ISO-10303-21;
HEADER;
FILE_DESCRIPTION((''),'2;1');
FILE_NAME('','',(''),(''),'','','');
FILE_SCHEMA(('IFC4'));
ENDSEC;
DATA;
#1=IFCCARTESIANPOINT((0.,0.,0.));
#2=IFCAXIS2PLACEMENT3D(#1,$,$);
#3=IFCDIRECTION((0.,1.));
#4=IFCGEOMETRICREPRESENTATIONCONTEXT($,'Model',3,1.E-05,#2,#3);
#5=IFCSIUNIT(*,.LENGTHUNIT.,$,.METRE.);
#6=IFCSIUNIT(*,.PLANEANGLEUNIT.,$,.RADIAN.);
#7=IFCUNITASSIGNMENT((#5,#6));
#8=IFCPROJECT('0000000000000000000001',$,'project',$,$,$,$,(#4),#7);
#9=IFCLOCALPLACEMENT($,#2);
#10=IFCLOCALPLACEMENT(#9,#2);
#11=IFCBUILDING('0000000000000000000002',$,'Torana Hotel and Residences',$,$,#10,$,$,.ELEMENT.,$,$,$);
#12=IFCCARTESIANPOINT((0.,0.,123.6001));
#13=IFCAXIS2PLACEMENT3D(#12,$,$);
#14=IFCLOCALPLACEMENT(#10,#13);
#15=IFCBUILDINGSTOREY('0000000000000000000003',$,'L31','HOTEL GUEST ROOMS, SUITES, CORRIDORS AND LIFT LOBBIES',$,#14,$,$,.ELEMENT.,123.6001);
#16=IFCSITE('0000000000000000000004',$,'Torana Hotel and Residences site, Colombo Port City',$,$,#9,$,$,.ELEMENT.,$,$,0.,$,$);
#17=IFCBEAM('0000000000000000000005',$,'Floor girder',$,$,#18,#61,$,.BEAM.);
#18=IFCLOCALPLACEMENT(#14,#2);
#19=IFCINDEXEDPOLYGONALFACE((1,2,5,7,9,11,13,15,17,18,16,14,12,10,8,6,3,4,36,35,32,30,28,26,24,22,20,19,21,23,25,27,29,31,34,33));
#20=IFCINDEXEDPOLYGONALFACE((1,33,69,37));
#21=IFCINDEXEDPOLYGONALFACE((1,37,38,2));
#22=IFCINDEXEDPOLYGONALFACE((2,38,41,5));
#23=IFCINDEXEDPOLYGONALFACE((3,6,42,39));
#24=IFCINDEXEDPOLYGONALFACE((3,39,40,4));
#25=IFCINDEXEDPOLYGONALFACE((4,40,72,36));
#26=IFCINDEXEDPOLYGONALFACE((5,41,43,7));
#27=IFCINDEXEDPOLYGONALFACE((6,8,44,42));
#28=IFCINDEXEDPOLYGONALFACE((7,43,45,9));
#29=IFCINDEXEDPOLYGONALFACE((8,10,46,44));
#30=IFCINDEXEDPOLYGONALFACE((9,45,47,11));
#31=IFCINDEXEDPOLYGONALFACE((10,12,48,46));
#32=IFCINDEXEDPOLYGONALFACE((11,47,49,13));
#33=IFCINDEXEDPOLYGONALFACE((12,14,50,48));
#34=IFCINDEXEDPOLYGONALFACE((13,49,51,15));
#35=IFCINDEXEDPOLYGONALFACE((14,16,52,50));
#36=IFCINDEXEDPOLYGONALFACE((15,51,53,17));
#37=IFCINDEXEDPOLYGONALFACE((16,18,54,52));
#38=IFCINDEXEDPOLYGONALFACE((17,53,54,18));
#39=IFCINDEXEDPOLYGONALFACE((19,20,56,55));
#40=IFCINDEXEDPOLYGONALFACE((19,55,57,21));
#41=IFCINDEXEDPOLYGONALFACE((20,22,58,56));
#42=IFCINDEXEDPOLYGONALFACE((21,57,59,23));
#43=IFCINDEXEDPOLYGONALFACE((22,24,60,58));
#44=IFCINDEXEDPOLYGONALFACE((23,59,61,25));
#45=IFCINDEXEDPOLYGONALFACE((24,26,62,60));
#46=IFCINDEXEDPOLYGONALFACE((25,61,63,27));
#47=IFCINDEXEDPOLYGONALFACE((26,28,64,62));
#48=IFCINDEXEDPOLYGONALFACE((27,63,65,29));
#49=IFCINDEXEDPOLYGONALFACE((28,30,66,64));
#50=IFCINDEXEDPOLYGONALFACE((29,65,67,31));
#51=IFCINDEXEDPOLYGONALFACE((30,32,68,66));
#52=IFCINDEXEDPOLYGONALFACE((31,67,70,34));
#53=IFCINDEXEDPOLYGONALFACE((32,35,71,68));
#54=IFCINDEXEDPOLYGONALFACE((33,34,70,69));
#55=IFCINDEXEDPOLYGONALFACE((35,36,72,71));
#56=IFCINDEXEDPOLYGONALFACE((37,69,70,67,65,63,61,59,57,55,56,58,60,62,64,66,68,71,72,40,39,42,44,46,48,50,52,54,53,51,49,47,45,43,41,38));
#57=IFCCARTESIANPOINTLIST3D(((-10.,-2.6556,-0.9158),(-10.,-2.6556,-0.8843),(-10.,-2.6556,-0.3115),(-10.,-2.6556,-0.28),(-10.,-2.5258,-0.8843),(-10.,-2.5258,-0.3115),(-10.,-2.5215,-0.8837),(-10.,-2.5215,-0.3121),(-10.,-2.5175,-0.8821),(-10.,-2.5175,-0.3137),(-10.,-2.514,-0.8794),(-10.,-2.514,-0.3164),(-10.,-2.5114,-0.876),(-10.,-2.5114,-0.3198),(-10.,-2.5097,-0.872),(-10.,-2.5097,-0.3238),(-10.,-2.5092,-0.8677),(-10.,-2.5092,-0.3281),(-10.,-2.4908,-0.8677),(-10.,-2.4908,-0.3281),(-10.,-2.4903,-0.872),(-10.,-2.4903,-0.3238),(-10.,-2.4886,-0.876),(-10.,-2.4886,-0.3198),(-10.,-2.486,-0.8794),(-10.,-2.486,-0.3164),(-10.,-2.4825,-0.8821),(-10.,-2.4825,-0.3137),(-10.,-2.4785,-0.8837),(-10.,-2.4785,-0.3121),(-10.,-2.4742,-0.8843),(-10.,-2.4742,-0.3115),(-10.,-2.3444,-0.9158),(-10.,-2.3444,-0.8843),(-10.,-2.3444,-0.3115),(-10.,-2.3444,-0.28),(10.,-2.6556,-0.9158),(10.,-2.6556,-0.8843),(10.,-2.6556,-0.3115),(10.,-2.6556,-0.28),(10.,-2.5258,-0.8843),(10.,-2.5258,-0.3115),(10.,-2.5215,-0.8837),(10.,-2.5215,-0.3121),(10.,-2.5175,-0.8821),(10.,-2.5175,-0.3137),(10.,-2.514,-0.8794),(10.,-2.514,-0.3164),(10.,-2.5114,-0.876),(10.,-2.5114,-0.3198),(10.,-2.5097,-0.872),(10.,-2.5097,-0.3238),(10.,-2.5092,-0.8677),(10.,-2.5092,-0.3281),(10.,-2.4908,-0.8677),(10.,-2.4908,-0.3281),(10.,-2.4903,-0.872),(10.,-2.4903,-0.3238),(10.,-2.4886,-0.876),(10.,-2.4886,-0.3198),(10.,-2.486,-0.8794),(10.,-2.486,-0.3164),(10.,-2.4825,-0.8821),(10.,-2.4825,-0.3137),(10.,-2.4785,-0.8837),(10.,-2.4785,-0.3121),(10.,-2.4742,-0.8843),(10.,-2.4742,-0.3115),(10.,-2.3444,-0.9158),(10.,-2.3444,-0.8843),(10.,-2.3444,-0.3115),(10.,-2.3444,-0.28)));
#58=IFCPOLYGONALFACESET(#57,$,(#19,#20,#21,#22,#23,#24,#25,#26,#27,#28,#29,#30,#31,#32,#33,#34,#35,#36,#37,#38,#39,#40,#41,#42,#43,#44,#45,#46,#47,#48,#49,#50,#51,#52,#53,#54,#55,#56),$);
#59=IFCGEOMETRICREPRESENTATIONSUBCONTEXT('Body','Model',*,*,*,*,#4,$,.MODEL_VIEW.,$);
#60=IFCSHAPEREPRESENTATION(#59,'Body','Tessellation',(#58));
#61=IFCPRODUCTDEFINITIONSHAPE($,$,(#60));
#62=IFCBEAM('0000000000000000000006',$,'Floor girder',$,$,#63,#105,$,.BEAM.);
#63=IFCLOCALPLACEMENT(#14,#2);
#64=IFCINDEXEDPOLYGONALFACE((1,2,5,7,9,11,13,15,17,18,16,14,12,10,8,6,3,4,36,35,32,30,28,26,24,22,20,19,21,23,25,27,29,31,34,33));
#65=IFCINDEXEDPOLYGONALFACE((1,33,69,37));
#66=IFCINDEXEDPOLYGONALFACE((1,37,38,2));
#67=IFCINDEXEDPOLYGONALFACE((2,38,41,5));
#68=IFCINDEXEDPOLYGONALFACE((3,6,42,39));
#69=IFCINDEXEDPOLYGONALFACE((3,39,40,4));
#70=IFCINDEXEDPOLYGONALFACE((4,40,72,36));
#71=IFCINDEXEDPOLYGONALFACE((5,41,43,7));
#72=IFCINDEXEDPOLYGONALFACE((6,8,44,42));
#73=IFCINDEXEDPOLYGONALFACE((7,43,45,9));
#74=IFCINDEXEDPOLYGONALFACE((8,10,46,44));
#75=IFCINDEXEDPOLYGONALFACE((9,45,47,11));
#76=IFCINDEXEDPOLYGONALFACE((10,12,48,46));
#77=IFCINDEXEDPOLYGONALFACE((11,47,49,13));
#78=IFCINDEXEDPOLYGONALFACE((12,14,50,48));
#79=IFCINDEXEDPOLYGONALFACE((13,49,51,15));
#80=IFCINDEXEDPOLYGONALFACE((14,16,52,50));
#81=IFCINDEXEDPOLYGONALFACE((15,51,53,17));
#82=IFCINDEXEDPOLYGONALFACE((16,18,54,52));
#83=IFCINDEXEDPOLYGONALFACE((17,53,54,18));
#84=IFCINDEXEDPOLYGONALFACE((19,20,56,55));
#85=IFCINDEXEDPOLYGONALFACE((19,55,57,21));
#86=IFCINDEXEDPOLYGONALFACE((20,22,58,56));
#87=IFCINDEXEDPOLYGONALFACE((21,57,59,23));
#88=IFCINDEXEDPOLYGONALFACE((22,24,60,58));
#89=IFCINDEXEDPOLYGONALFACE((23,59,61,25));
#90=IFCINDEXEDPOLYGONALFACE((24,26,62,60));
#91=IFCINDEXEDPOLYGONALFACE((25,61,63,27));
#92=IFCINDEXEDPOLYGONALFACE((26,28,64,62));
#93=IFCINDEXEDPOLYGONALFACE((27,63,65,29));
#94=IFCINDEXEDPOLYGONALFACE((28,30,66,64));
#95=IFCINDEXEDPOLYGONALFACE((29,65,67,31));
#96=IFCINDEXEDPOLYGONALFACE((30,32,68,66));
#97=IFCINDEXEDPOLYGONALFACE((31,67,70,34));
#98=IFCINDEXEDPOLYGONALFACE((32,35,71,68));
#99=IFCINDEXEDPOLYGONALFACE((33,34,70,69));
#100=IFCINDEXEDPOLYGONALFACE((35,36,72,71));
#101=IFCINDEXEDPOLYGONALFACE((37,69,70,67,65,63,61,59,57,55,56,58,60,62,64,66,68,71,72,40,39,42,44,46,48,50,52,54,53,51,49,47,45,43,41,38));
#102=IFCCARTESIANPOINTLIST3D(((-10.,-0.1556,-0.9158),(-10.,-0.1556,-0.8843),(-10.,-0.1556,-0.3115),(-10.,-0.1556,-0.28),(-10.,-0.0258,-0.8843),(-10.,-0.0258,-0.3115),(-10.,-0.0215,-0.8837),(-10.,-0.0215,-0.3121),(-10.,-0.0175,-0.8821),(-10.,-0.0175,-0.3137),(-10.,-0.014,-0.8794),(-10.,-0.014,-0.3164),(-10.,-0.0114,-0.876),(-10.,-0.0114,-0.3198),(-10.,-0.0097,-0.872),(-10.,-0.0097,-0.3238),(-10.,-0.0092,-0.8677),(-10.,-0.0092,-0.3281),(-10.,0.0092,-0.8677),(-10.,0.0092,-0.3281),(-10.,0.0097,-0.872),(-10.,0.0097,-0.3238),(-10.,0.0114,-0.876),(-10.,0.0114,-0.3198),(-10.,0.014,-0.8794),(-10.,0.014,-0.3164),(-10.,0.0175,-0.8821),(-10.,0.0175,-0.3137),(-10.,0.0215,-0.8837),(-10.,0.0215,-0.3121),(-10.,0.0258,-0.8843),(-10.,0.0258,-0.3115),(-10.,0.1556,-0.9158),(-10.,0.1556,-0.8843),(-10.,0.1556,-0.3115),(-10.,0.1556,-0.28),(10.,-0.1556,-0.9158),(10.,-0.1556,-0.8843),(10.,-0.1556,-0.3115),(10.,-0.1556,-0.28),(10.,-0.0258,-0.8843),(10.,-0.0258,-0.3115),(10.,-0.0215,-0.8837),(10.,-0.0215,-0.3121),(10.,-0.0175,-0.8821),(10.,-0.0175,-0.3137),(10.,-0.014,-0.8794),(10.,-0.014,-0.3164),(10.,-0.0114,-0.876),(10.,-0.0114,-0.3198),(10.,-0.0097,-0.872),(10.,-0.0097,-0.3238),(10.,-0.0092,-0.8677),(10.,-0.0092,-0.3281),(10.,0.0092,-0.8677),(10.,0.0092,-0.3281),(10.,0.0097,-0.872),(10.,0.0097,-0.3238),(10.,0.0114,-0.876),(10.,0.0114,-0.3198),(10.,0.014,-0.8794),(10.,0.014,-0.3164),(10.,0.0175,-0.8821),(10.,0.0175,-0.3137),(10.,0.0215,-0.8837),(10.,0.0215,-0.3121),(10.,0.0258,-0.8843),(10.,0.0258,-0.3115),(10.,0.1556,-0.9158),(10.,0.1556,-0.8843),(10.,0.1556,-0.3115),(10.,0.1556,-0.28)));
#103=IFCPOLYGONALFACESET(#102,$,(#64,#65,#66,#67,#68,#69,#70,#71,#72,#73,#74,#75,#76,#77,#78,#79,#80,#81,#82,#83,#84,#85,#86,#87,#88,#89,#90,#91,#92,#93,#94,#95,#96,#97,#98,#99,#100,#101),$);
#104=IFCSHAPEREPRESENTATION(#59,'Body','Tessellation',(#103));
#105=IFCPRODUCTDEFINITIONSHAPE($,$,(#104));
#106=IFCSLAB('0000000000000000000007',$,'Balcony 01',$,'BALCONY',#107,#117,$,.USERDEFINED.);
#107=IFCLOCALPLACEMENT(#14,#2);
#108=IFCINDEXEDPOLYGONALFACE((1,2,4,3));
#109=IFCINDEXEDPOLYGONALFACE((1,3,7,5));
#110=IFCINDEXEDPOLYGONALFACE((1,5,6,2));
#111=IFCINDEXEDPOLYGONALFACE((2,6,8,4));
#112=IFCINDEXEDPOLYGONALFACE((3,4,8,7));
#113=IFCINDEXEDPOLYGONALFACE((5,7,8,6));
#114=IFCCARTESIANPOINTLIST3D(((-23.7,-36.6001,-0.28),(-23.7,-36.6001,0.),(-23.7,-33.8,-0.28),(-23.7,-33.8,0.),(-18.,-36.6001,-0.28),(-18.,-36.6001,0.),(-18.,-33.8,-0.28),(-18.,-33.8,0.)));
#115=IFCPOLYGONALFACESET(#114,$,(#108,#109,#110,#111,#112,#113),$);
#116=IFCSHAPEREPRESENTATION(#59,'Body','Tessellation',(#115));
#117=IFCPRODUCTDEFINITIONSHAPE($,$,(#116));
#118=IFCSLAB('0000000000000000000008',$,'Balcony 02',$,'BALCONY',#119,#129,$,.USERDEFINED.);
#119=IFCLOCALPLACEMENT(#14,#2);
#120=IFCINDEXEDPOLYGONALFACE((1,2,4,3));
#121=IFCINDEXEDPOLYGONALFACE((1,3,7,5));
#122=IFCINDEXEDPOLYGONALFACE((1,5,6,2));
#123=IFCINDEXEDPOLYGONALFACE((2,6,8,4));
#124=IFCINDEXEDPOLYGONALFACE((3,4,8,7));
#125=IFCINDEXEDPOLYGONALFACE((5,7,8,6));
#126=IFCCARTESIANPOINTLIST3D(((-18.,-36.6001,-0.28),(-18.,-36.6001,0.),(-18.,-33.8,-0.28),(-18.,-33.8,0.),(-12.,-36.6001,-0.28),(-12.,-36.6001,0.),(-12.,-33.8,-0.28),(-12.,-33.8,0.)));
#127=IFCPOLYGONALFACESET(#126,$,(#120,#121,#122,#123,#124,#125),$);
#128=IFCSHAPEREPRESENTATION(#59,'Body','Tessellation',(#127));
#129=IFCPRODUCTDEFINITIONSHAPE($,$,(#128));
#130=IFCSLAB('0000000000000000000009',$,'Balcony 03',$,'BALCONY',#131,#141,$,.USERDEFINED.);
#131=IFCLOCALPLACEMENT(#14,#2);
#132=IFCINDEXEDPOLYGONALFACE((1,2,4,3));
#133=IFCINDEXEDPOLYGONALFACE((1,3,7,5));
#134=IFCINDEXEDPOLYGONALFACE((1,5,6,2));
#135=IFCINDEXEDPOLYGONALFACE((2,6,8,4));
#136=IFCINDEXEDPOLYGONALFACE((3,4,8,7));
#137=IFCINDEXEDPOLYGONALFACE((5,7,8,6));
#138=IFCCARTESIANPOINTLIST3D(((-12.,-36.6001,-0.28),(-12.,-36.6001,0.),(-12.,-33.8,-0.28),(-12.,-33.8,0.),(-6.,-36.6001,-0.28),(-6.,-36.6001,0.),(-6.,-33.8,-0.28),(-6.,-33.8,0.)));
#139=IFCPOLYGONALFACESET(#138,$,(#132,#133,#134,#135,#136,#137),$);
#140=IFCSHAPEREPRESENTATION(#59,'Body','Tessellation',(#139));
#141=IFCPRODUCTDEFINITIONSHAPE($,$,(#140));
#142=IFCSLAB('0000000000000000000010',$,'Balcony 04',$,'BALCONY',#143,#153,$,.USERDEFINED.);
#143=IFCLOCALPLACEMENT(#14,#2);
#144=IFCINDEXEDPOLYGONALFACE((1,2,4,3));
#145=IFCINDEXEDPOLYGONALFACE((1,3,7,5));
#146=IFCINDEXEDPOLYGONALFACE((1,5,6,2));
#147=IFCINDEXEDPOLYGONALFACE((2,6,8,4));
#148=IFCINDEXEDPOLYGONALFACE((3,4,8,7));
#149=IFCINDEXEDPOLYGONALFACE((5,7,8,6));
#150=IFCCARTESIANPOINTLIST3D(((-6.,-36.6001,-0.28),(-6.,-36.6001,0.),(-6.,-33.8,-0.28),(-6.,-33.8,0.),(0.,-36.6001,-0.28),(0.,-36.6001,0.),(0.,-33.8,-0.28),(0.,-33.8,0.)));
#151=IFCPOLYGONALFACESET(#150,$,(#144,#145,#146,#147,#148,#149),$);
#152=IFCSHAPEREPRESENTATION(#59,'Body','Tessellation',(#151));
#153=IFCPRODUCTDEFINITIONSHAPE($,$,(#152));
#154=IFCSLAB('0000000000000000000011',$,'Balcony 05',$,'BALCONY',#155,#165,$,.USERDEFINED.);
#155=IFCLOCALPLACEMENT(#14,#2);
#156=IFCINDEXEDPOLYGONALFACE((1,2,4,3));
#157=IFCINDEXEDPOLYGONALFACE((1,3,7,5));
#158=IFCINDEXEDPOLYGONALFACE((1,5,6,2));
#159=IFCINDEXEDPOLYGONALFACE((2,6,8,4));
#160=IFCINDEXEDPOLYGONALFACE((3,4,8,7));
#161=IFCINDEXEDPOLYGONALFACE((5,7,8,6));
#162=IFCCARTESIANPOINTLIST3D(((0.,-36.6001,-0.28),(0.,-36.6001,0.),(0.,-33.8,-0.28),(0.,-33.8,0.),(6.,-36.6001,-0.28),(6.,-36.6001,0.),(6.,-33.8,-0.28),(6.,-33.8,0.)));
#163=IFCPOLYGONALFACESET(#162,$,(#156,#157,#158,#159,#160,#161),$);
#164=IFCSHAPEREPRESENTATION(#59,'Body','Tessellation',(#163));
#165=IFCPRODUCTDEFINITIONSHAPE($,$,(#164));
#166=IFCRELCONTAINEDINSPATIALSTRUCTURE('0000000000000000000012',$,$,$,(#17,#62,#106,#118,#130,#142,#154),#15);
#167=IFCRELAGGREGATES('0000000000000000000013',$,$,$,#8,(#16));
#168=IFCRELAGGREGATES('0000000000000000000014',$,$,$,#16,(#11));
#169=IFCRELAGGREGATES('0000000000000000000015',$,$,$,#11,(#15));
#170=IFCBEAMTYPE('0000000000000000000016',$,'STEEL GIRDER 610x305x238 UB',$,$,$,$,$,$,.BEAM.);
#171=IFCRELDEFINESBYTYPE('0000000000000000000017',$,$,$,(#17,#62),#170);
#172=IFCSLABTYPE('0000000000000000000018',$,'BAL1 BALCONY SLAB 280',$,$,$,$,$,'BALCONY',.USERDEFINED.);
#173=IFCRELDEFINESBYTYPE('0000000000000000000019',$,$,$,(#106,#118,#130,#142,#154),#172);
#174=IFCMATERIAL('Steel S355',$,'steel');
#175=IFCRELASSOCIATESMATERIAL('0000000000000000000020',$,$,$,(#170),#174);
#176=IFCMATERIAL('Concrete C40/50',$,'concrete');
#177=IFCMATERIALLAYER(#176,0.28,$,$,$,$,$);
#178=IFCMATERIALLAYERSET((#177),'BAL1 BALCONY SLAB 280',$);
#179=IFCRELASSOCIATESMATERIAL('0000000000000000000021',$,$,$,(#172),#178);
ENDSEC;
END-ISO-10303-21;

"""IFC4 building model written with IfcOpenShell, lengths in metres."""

from ifc_helpers import new_model, si_unit, direction, frame, origin, origin_2d, place, context, subcontext, project, spatial, polyline, i_section, outline, extrude, material, layer, layer_set, material_profile, profile_set, type_object, element, save


model = new_model("IFC4")

# Units and contexts
model_context = context("Model", 3, precision=1e-05, world=origin(), true_north=direction((0.0, 1.0)))
body_context = subcontext(model_context, "Body", "Model", "MODEL_VIEW")
ifc_project = project(units=[si_unit("LENGTHUNIT", "METRE"), si_unit("PLANEANGLEUNIT", "RADIAN")], contexts=[model_context])

# Site, building, storey
site_placement = place(None, origin())
site = spatial("IfcSite", under=ifc_project, at=site_placement, Name="Torana Hotel and Residences site, Colombo Port City", CompositionType="ELEMENT", RefElevation=0.0)
building_placement = place(site_placement, origin())
building = spatial("IfcBuilding", under=site, at=building_placement, Name="Torana Hotel and Residences", CompositionType="ELEMENT")
storey_placement = place(building_placement, frame((0.0, 0.0, 123.6001)))
storey = spatial("IfcBuildingStorey", under=building, at=storey_placement, Name="L31", Description="HOTEL GUEST ROOMS, SUITES, CORRIDORS AND LIFT LOBBIES", CompositionType="ELEMENT", Elevation=123.6001)

# Beams
ifc_material_1 = material(Name="Steel S355", Category="steel")
ifc_material_profile = material_profile(ifc_material_1, i_section(OverallWidth=0.3113, OverallDepth=0.6357, WebThickness=0.0183, FlangeThickness=0.0315, FilletRadius=0.0166, at=origin_2d()), Name="610x305x238 UB")
ifc_profile_set = profile_set([ifc_material_profile], Name="Steel S355")
beam_type = type_object("IfcBeamType", Name="STEEL GIRDER 610x305x238 UB", PredefinedType="BEAM", material=ifc_profile_set)
for number, where, z_axis, x_axis, name in (
    (1, (-10.0, -2.5, -0.5979), (1.0, 0.0, 0.0), (0.0, 1.0, 0.0), "Floor girder"),
    (2, (-10.0, 0.0, -0.5979), (1.0, 0.0, 0.0), (0.0, 1.0, 0.0), "Floor girder"),
):
    element("IfcBeam", number, at=place(storey_placement, frame(where, z_axis=z_axis, x_axis=x_axis)), inside=storey, type_object=beam_type, Name=name, PredefinedType="BEAM", context=body_context, shape_type="SweptSolid", body=[
        extrude(i_section(OverallWidth=0.3113, OverallDepth=0.6357, WebThickness=0.0183, FlangeThickness=0.0315, FilletRadius=0.0166, at=origin_2d()), origin(), (0.0, 0.0, 1.0), 20.0),
    ])

# Slabs
ifc_material_2 = material(Name="Concrete C40/50", Category="concrete")
ifc_layer_1 = layer(ifc_material_2, 0.28)
ifc_layer_set_1 = layer_set([ifc_layer_1], Name="BAL1 BALCONY SLAB 280")
slab_type_1 = type_object("IfcSlabType", Name="BAL1 BALCONY SLAB 280", ElementType="BALCONY", PredefinedType="USERDEFINED", material=ifc_layer_set_1)
slab_1_placement = place(storey_placement, frame((0.0, 0.0, -0.28)))
element("IfcSlab", 3, at=slab_1_placement, inside=storey, type_object=slab_type_1, Name="Balcony 01", ObjectType="BALCONY", PredefinedType="USERDEFINED", context=body_context, shape_type="SweptSolid", body=[
    extrude(outline(polyline([(-23.7, -36.6001), (-18.0, -36.6001), (-18.0, -33.8), (-23.7, -33.8), (-23.7, -36.6001)])), origin(), (0.0, 0.0, 1.0), 0.28),
])
slab_2_placement = place(storey_placement, frame((0.0, 0.0, -0.28)))
element("IfcSlab", 4, at=slab_2_placement, inside=storey, type_object=slab_type_1, Name="Balcony 02", ObjectType="BALCONY", PredefinedType="USERDEFINED", context=body_context, shape_type="SweptSolid", body=[
    extrude(outline(polyline([(-18.0, -36.6001), (-12.0, -36.6001), (-12.0, -33.8), (-18.0, -33.8), (-18.0, -36.6001)])), origin(), (0.0, 0.0, 1.0), 0.28),
])
slab_3_placement = place(storey_placement, frame((0.0, 0.0, -0.28)))
element("IfcSlab", 5, at=slab_3_placement, inside=storey, type_object=slab_type_1, Name="Balcony 03", ObjectType="BALCONY", PredefinedType="USERDEFINED", context=body_context, shape_type="SweptSolid", body=[
    extrude(outline(polyline([(-12.0, -36.6001), (-6.0, -36.6001), (-6.0, -33.8), (-12.0, -33.8), (-12.0, -36.6001)])), origin(), (0.0, 0.0, 1.0), 0.28),
])
slab_4_placement = place(storey_placement, frame((0.0, 0.0, -0.28)))
element("IfcSlab", 6, at=slab_4_placement, inside=storey, type_object=slab_type_1, Name="Balcony 04", ObjectType="BALCONY", PredefinedType="USERDEFINED", context=body_context, shape_type="SweptSolid", body=[
    extrude(outline(polyline([(-6.0, -36.6001), (0.0, -36.6001), (0.0, -33.8), (-6.0, -33.8), (-6.0, -36.6001)])), origin(), (0.0, 0.0, 1.0), 0.28),
])
slab_5_placement = place(storey_placement, frame((0.0, 0.0, -0.28)))
element("IfcSlab", 7, at=slab_5_placement, inside=storey, type_object=slab_type_1, Name="Balcony 05", ObjectType="BALCONY", PredefinedType="USERDEFINED", context=body_context, shape_type="SweptSolid", body=[
    extrude(outline(polyline([(0.0, -36.6001), (6.0, -36.6001), (6.0, -33.8), (0.0, -33.8), (0.0, -36.6001)])), origin(), (0.0, 0.0, 1.0), 0.28),
])

save(model, "model.ifc")
